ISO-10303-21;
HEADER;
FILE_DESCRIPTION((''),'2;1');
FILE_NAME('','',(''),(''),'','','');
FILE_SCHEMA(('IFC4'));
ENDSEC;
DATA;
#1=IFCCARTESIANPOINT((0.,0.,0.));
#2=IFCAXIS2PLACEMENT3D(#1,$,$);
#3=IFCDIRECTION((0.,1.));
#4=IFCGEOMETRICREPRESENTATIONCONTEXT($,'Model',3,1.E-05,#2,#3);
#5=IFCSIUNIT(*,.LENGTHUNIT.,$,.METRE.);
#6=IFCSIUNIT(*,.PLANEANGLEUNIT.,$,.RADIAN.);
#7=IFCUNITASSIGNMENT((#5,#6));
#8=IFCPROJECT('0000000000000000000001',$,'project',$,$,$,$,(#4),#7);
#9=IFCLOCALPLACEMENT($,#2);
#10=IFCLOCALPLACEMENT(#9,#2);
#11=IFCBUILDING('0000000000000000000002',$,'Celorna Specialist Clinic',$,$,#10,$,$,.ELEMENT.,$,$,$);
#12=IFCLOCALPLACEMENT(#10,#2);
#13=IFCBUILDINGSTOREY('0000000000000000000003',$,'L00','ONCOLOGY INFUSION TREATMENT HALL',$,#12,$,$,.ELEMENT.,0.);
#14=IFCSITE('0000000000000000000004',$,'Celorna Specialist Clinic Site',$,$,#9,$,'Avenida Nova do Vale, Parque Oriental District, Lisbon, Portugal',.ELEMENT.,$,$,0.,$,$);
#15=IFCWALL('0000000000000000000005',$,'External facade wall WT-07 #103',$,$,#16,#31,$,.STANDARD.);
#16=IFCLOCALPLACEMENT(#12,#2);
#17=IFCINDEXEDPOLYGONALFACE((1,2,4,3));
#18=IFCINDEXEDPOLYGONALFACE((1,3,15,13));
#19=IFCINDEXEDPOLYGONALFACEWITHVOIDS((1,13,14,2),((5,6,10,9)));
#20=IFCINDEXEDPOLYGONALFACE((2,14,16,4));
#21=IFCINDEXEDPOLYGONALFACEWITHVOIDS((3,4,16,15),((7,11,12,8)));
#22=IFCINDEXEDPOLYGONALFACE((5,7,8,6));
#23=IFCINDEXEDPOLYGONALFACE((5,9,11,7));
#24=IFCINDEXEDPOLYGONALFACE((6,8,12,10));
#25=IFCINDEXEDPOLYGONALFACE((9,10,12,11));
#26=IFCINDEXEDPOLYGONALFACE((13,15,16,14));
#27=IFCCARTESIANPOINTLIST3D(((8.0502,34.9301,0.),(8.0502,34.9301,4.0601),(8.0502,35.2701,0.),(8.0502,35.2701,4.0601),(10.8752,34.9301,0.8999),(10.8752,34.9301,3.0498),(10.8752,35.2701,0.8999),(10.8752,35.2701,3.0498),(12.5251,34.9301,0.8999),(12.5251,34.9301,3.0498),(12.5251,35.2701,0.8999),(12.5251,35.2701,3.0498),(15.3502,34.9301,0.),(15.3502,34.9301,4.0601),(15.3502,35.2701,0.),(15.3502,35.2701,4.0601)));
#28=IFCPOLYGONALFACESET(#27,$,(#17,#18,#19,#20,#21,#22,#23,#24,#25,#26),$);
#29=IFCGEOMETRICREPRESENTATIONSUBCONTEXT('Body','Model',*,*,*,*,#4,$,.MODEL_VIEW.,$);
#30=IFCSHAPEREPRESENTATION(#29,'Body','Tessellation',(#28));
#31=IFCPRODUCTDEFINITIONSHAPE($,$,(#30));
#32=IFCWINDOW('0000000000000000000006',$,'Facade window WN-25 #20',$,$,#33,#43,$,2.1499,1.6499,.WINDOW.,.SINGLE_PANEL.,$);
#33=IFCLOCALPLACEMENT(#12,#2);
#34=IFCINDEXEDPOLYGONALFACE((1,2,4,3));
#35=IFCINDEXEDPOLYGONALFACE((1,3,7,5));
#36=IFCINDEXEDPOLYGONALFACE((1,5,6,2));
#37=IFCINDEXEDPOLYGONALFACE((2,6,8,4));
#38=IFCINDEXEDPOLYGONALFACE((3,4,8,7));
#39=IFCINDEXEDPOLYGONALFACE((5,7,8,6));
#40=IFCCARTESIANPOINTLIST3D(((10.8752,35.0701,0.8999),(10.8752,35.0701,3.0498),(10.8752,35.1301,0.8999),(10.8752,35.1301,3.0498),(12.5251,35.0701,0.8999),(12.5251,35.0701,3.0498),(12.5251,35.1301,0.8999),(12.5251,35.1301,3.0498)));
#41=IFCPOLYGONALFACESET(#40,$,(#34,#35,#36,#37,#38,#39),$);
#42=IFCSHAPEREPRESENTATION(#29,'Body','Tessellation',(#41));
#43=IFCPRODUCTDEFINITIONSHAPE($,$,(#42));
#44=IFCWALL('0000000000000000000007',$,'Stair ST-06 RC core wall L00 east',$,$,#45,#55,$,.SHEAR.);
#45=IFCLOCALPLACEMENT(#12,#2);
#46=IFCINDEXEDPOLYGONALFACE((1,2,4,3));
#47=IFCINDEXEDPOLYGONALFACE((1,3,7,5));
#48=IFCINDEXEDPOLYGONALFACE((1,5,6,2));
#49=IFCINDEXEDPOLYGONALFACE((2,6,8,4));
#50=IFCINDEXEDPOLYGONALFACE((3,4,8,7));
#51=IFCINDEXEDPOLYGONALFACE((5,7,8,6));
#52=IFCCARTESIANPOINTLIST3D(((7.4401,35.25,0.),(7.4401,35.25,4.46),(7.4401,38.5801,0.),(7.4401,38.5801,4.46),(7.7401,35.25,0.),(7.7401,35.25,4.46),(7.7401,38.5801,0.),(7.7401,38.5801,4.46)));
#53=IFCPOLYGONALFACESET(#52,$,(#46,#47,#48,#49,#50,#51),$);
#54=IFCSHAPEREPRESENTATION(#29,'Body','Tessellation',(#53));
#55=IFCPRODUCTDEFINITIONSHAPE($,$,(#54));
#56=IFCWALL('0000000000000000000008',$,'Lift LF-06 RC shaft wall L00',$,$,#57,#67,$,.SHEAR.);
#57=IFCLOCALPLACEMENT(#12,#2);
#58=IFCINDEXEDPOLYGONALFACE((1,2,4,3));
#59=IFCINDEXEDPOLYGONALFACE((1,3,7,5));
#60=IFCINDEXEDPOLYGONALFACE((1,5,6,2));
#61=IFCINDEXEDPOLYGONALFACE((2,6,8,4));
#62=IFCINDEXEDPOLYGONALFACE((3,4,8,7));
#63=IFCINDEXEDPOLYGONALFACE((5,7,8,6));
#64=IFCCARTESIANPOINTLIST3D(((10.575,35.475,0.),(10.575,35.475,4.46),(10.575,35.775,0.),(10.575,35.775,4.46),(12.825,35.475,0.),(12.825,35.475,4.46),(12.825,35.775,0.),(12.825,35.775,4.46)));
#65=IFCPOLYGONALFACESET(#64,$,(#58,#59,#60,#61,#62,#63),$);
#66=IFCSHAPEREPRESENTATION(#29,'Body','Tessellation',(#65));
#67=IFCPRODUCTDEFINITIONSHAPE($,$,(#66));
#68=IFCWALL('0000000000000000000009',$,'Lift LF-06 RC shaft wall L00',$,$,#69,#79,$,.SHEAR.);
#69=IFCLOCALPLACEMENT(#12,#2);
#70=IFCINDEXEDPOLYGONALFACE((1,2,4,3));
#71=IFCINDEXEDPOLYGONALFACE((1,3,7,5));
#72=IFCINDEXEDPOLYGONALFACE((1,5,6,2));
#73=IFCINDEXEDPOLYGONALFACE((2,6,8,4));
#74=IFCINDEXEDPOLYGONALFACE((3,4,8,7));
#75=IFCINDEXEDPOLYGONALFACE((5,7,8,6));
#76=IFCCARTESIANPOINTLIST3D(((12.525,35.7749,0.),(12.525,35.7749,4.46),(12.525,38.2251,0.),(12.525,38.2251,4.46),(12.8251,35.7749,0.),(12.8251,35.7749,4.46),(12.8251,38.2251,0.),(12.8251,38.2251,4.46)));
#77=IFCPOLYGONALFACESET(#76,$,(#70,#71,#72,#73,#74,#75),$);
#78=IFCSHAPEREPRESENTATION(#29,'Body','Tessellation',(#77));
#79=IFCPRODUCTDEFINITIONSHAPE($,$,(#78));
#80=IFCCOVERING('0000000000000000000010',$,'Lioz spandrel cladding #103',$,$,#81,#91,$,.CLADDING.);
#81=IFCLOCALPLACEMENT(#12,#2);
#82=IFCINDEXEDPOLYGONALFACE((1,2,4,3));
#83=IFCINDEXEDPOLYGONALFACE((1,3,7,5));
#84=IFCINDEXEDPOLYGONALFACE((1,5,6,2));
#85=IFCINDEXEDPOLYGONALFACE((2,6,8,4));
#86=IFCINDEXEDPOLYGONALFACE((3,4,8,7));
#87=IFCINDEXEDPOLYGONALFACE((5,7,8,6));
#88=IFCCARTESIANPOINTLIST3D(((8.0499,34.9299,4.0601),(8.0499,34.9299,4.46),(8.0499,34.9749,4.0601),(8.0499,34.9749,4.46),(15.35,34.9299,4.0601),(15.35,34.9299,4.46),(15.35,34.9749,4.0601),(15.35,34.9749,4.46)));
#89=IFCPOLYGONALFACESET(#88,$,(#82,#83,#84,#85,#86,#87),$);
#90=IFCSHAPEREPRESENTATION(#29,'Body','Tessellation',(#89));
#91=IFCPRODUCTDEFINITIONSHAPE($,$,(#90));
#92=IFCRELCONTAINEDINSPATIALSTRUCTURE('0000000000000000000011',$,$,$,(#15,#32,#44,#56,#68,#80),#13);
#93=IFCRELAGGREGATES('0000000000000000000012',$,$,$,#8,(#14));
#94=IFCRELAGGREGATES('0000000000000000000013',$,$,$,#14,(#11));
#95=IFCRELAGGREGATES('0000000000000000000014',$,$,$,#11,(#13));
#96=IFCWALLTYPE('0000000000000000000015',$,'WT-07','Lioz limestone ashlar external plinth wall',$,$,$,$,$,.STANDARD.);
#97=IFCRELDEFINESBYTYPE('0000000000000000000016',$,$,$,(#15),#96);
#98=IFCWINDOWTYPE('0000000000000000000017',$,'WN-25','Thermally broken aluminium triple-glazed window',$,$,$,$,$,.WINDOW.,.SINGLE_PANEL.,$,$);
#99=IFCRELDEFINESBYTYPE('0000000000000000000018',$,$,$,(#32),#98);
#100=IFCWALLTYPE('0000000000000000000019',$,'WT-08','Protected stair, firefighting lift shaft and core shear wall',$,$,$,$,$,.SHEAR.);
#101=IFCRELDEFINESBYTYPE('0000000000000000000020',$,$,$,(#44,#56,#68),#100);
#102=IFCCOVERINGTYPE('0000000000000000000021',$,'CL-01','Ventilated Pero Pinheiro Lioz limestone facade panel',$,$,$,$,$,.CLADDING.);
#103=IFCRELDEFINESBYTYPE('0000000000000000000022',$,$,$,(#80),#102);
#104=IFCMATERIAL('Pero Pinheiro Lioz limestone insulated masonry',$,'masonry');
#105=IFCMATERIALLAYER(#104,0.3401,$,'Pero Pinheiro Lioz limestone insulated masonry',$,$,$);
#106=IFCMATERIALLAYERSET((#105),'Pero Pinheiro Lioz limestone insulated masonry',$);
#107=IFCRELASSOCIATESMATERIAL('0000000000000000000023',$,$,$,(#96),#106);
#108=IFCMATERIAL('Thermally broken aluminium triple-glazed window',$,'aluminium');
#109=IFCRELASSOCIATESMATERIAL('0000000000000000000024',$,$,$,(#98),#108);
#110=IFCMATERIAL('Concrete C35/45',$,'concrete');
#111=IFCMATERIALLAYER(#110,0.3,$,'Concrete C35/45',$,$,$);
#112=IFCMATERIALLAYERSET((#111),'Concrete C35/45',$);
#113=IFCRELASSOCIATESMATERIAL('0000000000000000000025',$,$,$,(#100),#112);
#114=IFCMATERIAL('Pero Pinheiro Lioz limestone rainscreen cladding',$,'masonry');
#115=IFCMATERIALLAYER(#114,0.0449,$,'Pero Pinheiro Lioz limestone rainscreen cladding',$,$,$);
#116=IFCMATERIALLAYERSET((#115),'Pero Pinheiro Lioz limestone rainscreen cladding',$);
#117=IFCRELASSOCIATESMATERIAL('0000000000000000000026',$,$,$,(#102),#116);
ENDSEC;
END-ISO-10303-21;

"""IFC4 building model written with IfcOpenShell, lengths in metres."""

from ifc_helpers import new_model, si_unit, direction, frame, frame_2d, origin, origin_2d, place, context, subcontext, project, spatial, rectangle, extrude, material, layer, layer_set, type_object, element, fill, save


model = new_model("IFC4")

# Units and contexts
model_context = context("Model", 3, precision=1e-05, world=origin(), true_north=direction((0.0, 1.0)))
body_context = subcontext(model_context, "Body", "Model", "MODEL_VIEW")
ifc_project = project(units=[si_unit("LENGTHUNIT", "METRE"), si_unit("PLANEANGLEUNIT", "RADIAN")], contexts=[model_context])

# Site, building, storey
site_placement = place(None, origin())
site = spatial("IfcSite", under=ifc_project, at=site_placement, Name="Celorna Specialist Clinic Site", LongName="Avenida Nova do Vale, Parque Oriental District, Lisbon, Portugal", CompositionType="ELEMENT", RefElevation=0.0)
building_placement = place(site_placement, origin())
building = spatial("IfcBuilding", under=site, at=building_placement, Name="Celorna Specialist Clinic", CompositionType="ELEMENT")
storey_placement = place(building_placement, origin())
storey = spatial("IfcBuildingStorey", under=building, at=storey_placement, Name="L00", Description="ONCOLOGY INFUSION TREATMENT HALL", CompositionType="ELEMENT", Elevation=0.0)

# Wall, opening, window
ifc_material_1 = material(Name="Pero Pinheiro Lioz limestone insulated masonry", Category="masonry")
ifc_layer_1 = layer(ifc_material_1, 0.3401, Name="Pero Pinheiro Lioz limestone insulated masonry")
ifc_layer_set_1 = layer_set([ifc_layer_1], Name="Pero Pinheiro Lioz limestone insulated masonry")
wall_type_1 = type_object("IfcWallType", Name="WT-07", Description="Lioz limestone ashlar external plinth wall", PredefinedType="STANDARD", material=ifc_layer_set_1)
wall_1_placement = place(storey_placement, frame((15.3501, 35.1001, 0.0), z_axis=(0.0, 0.0, 1.0), x_axis=(-1.0, 0.0, 0.0)))
wall_1 = element("IfcWall", 1, at=wall_1_placement, inside=storey, type_object=wall_type_1, Name="External facade wall WT-07 #103", PredefinedType="STANDARD", context=body_context, shape_type="SweptSolid", body=[
    extrude(rectangle(XDim=7.3, YDim=0.3401, at=frame_2d((3.6499, 0.0))), origin(), (0.0, 0.0, 1.0), 4.0601),
])
opening_placement = place(wall_1_placement, frame((2.825, 0.0, 0.8999)))
opening = element("IfcOpeningElement", 2, at=opening_placement, cuts=wall_1, PredefinedType="OPENING", context=body_context, shape_type="SweptSolid", body=[
    extrude(rectangle(XDim=1.6499, YDim=2.1499, at=frame_2d((0.825, 1.075))), frame((0.0, 0.1799, 0.0), z_axis=(0.0, -1.0, 0.0), x_axis=(1.0, 0.0, 0.0)), (0.0, 0.0, 1.0), 0.3601),
])
ifc_material_2 = material(Name="Thermally broken aluminium triple-glazed window", Category="aluminium")
window_type = type_object("IfcWindowType", Name="WN-25", Description="Thermally broken aluminium triple-glazed window", PartitioningType="SINGLE_PANEL", PredefinedType="WINDOW", material=ifc_material_2)
window_placement = place(opening_placement, origin())
window = element("IfcWindow", 3, at=window_placement, inside=storey, type_object=window_type, Name="Facade window WN-25 #20", OverallHeight=2.1499, OverallWidth=1.6499, PartitioningType="SINGLE_PANEL", PredefinedType="WINDOW", context=body_context, shape_type="SweptSolid", body=[
    extrude(rectangle(XDim=1.6499, YDim=2.1499, at=frame_2d((0.825, 1.075))), frame((0.0, 0.03, 0.0), z_axis=(0.0, -1.0, 0.0), x_axis=(1.0, 0.0, 0.0)), (0.0, 0.0, 1.0), 0.0601),
])
fill(opening, window)

# Walls
ifc_material_3 = material(Name="Concrete C35/45", Category="concrete")
ifc_layer_2 = layer(ifc_material_3, 0.3, Name="Concrete C35/45")
ifc_layer_set_2 = layer_set([ifc_layer_2], Name="Concrete C35/45")
wall_type_2 = type_object("IfcWallType", Name="WT-08", Description="Protected stair, firefighting lift shaft and core shear wall", PredefinedType="SHEAR", material=ifc_layer_set_2)
wall_2_placement = place(storey_placement, frame((7.5901, 35.25, 0.0), z_axis=(0.0, 0.0, 1.0), x_axis=(0.0, 1.0, 0.0)))
element("IfcWall", 4, at=wall_2_placement, inside=storey, type_object=wall_type_2, Name="Stair ST-06 RC core wall L00 east", PredefinedType="SHEAR", context=body_context, shape_type="SweptSolid", body=[
    extrude(rectangle(XDim=3.3301, YDim=0.3, at=frame_2d((1.665, 0.0))), origin(), (0.0, 0.0, 1.0), 4.46),
])
wall_3_placement = place(storey_placement, frame((10.575, 35.625, 0.0), z_axis=(0.0, 0.0, 1.0), x_axis=(1.0, 0.0, 0.0)))
element("IfcWall", 5, at=wall_3_placement, inside=storey, type_object=wall_type_2, Name="Lift LF-06 RC shaft wall L00", PredefinedType="SHEAR", context=body_context, shape_type="SweptSolid", body=[
    extrude(rectangle(XDim=2.25, YDim=0.3, at=frame_2d((1.125, 0.0))), origin(), (0.0, 0.0, 1.0), 4.46),
])
wall_4_placement = place(storey_placement, frame((12.675, 35.7749, 0.0), z_axis=(0.0, 0.0, 1.0), x_axis=(0.0, 1.0, 0.0)))
element("IfcWall", 6, at=wall_4_placement, inside=storey, type_object=wall_type_2, Name="Lift LF-06 RC shaft wall L00", PredefinedType="SHEAR", context=body_context, shape_type="SweptSolid", body=[
    extrude(rectangle(XDim=2.4502, YDim=0.3, at=frame_2d((1.2251, 0.0))), origin(), (0.0, 0.0, 1.0), 4.46),
])

# Covering
ifc_material_4 = material(Name="Pero Pinheiro Lioz limestone rainscreen cladding", Category="masonry")
ifc_layer_3 = layer(ifc_material_4, 0.0449, Name="Pero Pinheiro Lioz limestone rainscreen cladding")
ifc_layer_set_3 = layer_set([ifc_layer_3], Name="Pero Pinheiro Lioz limestone rainscreen cladding")
covering_type = type_object("IfcCoveringType", Name="CL-01", Description="Ventilated Pero Pinheiro Lioz limestone facade panel", PredefinedType="CLADDING", material=ifc_layer_set_3)
covering_placement = place(storey_placement, frame((11.7, 34.9524, 4.0601), z_axis=(0.0, 0.0, 1.0), x_axis=(-1.0, 0.0, 0.0)))
element("IfcCovering", 7, at=covering_placement, inside=storey, type_object=covering_type, Name="Lioz spandrel cladding #103", PredefinedType="CLADDING", context=body_context, shape_type="SweptSolid", body=[
    extrude(rectangle(XDim=7.3, YDim=0.0449, at=origin_2d()), origin(), (0.0, 0.0, 1.0), 0.3999),
])

save(model, "model.ifc")
